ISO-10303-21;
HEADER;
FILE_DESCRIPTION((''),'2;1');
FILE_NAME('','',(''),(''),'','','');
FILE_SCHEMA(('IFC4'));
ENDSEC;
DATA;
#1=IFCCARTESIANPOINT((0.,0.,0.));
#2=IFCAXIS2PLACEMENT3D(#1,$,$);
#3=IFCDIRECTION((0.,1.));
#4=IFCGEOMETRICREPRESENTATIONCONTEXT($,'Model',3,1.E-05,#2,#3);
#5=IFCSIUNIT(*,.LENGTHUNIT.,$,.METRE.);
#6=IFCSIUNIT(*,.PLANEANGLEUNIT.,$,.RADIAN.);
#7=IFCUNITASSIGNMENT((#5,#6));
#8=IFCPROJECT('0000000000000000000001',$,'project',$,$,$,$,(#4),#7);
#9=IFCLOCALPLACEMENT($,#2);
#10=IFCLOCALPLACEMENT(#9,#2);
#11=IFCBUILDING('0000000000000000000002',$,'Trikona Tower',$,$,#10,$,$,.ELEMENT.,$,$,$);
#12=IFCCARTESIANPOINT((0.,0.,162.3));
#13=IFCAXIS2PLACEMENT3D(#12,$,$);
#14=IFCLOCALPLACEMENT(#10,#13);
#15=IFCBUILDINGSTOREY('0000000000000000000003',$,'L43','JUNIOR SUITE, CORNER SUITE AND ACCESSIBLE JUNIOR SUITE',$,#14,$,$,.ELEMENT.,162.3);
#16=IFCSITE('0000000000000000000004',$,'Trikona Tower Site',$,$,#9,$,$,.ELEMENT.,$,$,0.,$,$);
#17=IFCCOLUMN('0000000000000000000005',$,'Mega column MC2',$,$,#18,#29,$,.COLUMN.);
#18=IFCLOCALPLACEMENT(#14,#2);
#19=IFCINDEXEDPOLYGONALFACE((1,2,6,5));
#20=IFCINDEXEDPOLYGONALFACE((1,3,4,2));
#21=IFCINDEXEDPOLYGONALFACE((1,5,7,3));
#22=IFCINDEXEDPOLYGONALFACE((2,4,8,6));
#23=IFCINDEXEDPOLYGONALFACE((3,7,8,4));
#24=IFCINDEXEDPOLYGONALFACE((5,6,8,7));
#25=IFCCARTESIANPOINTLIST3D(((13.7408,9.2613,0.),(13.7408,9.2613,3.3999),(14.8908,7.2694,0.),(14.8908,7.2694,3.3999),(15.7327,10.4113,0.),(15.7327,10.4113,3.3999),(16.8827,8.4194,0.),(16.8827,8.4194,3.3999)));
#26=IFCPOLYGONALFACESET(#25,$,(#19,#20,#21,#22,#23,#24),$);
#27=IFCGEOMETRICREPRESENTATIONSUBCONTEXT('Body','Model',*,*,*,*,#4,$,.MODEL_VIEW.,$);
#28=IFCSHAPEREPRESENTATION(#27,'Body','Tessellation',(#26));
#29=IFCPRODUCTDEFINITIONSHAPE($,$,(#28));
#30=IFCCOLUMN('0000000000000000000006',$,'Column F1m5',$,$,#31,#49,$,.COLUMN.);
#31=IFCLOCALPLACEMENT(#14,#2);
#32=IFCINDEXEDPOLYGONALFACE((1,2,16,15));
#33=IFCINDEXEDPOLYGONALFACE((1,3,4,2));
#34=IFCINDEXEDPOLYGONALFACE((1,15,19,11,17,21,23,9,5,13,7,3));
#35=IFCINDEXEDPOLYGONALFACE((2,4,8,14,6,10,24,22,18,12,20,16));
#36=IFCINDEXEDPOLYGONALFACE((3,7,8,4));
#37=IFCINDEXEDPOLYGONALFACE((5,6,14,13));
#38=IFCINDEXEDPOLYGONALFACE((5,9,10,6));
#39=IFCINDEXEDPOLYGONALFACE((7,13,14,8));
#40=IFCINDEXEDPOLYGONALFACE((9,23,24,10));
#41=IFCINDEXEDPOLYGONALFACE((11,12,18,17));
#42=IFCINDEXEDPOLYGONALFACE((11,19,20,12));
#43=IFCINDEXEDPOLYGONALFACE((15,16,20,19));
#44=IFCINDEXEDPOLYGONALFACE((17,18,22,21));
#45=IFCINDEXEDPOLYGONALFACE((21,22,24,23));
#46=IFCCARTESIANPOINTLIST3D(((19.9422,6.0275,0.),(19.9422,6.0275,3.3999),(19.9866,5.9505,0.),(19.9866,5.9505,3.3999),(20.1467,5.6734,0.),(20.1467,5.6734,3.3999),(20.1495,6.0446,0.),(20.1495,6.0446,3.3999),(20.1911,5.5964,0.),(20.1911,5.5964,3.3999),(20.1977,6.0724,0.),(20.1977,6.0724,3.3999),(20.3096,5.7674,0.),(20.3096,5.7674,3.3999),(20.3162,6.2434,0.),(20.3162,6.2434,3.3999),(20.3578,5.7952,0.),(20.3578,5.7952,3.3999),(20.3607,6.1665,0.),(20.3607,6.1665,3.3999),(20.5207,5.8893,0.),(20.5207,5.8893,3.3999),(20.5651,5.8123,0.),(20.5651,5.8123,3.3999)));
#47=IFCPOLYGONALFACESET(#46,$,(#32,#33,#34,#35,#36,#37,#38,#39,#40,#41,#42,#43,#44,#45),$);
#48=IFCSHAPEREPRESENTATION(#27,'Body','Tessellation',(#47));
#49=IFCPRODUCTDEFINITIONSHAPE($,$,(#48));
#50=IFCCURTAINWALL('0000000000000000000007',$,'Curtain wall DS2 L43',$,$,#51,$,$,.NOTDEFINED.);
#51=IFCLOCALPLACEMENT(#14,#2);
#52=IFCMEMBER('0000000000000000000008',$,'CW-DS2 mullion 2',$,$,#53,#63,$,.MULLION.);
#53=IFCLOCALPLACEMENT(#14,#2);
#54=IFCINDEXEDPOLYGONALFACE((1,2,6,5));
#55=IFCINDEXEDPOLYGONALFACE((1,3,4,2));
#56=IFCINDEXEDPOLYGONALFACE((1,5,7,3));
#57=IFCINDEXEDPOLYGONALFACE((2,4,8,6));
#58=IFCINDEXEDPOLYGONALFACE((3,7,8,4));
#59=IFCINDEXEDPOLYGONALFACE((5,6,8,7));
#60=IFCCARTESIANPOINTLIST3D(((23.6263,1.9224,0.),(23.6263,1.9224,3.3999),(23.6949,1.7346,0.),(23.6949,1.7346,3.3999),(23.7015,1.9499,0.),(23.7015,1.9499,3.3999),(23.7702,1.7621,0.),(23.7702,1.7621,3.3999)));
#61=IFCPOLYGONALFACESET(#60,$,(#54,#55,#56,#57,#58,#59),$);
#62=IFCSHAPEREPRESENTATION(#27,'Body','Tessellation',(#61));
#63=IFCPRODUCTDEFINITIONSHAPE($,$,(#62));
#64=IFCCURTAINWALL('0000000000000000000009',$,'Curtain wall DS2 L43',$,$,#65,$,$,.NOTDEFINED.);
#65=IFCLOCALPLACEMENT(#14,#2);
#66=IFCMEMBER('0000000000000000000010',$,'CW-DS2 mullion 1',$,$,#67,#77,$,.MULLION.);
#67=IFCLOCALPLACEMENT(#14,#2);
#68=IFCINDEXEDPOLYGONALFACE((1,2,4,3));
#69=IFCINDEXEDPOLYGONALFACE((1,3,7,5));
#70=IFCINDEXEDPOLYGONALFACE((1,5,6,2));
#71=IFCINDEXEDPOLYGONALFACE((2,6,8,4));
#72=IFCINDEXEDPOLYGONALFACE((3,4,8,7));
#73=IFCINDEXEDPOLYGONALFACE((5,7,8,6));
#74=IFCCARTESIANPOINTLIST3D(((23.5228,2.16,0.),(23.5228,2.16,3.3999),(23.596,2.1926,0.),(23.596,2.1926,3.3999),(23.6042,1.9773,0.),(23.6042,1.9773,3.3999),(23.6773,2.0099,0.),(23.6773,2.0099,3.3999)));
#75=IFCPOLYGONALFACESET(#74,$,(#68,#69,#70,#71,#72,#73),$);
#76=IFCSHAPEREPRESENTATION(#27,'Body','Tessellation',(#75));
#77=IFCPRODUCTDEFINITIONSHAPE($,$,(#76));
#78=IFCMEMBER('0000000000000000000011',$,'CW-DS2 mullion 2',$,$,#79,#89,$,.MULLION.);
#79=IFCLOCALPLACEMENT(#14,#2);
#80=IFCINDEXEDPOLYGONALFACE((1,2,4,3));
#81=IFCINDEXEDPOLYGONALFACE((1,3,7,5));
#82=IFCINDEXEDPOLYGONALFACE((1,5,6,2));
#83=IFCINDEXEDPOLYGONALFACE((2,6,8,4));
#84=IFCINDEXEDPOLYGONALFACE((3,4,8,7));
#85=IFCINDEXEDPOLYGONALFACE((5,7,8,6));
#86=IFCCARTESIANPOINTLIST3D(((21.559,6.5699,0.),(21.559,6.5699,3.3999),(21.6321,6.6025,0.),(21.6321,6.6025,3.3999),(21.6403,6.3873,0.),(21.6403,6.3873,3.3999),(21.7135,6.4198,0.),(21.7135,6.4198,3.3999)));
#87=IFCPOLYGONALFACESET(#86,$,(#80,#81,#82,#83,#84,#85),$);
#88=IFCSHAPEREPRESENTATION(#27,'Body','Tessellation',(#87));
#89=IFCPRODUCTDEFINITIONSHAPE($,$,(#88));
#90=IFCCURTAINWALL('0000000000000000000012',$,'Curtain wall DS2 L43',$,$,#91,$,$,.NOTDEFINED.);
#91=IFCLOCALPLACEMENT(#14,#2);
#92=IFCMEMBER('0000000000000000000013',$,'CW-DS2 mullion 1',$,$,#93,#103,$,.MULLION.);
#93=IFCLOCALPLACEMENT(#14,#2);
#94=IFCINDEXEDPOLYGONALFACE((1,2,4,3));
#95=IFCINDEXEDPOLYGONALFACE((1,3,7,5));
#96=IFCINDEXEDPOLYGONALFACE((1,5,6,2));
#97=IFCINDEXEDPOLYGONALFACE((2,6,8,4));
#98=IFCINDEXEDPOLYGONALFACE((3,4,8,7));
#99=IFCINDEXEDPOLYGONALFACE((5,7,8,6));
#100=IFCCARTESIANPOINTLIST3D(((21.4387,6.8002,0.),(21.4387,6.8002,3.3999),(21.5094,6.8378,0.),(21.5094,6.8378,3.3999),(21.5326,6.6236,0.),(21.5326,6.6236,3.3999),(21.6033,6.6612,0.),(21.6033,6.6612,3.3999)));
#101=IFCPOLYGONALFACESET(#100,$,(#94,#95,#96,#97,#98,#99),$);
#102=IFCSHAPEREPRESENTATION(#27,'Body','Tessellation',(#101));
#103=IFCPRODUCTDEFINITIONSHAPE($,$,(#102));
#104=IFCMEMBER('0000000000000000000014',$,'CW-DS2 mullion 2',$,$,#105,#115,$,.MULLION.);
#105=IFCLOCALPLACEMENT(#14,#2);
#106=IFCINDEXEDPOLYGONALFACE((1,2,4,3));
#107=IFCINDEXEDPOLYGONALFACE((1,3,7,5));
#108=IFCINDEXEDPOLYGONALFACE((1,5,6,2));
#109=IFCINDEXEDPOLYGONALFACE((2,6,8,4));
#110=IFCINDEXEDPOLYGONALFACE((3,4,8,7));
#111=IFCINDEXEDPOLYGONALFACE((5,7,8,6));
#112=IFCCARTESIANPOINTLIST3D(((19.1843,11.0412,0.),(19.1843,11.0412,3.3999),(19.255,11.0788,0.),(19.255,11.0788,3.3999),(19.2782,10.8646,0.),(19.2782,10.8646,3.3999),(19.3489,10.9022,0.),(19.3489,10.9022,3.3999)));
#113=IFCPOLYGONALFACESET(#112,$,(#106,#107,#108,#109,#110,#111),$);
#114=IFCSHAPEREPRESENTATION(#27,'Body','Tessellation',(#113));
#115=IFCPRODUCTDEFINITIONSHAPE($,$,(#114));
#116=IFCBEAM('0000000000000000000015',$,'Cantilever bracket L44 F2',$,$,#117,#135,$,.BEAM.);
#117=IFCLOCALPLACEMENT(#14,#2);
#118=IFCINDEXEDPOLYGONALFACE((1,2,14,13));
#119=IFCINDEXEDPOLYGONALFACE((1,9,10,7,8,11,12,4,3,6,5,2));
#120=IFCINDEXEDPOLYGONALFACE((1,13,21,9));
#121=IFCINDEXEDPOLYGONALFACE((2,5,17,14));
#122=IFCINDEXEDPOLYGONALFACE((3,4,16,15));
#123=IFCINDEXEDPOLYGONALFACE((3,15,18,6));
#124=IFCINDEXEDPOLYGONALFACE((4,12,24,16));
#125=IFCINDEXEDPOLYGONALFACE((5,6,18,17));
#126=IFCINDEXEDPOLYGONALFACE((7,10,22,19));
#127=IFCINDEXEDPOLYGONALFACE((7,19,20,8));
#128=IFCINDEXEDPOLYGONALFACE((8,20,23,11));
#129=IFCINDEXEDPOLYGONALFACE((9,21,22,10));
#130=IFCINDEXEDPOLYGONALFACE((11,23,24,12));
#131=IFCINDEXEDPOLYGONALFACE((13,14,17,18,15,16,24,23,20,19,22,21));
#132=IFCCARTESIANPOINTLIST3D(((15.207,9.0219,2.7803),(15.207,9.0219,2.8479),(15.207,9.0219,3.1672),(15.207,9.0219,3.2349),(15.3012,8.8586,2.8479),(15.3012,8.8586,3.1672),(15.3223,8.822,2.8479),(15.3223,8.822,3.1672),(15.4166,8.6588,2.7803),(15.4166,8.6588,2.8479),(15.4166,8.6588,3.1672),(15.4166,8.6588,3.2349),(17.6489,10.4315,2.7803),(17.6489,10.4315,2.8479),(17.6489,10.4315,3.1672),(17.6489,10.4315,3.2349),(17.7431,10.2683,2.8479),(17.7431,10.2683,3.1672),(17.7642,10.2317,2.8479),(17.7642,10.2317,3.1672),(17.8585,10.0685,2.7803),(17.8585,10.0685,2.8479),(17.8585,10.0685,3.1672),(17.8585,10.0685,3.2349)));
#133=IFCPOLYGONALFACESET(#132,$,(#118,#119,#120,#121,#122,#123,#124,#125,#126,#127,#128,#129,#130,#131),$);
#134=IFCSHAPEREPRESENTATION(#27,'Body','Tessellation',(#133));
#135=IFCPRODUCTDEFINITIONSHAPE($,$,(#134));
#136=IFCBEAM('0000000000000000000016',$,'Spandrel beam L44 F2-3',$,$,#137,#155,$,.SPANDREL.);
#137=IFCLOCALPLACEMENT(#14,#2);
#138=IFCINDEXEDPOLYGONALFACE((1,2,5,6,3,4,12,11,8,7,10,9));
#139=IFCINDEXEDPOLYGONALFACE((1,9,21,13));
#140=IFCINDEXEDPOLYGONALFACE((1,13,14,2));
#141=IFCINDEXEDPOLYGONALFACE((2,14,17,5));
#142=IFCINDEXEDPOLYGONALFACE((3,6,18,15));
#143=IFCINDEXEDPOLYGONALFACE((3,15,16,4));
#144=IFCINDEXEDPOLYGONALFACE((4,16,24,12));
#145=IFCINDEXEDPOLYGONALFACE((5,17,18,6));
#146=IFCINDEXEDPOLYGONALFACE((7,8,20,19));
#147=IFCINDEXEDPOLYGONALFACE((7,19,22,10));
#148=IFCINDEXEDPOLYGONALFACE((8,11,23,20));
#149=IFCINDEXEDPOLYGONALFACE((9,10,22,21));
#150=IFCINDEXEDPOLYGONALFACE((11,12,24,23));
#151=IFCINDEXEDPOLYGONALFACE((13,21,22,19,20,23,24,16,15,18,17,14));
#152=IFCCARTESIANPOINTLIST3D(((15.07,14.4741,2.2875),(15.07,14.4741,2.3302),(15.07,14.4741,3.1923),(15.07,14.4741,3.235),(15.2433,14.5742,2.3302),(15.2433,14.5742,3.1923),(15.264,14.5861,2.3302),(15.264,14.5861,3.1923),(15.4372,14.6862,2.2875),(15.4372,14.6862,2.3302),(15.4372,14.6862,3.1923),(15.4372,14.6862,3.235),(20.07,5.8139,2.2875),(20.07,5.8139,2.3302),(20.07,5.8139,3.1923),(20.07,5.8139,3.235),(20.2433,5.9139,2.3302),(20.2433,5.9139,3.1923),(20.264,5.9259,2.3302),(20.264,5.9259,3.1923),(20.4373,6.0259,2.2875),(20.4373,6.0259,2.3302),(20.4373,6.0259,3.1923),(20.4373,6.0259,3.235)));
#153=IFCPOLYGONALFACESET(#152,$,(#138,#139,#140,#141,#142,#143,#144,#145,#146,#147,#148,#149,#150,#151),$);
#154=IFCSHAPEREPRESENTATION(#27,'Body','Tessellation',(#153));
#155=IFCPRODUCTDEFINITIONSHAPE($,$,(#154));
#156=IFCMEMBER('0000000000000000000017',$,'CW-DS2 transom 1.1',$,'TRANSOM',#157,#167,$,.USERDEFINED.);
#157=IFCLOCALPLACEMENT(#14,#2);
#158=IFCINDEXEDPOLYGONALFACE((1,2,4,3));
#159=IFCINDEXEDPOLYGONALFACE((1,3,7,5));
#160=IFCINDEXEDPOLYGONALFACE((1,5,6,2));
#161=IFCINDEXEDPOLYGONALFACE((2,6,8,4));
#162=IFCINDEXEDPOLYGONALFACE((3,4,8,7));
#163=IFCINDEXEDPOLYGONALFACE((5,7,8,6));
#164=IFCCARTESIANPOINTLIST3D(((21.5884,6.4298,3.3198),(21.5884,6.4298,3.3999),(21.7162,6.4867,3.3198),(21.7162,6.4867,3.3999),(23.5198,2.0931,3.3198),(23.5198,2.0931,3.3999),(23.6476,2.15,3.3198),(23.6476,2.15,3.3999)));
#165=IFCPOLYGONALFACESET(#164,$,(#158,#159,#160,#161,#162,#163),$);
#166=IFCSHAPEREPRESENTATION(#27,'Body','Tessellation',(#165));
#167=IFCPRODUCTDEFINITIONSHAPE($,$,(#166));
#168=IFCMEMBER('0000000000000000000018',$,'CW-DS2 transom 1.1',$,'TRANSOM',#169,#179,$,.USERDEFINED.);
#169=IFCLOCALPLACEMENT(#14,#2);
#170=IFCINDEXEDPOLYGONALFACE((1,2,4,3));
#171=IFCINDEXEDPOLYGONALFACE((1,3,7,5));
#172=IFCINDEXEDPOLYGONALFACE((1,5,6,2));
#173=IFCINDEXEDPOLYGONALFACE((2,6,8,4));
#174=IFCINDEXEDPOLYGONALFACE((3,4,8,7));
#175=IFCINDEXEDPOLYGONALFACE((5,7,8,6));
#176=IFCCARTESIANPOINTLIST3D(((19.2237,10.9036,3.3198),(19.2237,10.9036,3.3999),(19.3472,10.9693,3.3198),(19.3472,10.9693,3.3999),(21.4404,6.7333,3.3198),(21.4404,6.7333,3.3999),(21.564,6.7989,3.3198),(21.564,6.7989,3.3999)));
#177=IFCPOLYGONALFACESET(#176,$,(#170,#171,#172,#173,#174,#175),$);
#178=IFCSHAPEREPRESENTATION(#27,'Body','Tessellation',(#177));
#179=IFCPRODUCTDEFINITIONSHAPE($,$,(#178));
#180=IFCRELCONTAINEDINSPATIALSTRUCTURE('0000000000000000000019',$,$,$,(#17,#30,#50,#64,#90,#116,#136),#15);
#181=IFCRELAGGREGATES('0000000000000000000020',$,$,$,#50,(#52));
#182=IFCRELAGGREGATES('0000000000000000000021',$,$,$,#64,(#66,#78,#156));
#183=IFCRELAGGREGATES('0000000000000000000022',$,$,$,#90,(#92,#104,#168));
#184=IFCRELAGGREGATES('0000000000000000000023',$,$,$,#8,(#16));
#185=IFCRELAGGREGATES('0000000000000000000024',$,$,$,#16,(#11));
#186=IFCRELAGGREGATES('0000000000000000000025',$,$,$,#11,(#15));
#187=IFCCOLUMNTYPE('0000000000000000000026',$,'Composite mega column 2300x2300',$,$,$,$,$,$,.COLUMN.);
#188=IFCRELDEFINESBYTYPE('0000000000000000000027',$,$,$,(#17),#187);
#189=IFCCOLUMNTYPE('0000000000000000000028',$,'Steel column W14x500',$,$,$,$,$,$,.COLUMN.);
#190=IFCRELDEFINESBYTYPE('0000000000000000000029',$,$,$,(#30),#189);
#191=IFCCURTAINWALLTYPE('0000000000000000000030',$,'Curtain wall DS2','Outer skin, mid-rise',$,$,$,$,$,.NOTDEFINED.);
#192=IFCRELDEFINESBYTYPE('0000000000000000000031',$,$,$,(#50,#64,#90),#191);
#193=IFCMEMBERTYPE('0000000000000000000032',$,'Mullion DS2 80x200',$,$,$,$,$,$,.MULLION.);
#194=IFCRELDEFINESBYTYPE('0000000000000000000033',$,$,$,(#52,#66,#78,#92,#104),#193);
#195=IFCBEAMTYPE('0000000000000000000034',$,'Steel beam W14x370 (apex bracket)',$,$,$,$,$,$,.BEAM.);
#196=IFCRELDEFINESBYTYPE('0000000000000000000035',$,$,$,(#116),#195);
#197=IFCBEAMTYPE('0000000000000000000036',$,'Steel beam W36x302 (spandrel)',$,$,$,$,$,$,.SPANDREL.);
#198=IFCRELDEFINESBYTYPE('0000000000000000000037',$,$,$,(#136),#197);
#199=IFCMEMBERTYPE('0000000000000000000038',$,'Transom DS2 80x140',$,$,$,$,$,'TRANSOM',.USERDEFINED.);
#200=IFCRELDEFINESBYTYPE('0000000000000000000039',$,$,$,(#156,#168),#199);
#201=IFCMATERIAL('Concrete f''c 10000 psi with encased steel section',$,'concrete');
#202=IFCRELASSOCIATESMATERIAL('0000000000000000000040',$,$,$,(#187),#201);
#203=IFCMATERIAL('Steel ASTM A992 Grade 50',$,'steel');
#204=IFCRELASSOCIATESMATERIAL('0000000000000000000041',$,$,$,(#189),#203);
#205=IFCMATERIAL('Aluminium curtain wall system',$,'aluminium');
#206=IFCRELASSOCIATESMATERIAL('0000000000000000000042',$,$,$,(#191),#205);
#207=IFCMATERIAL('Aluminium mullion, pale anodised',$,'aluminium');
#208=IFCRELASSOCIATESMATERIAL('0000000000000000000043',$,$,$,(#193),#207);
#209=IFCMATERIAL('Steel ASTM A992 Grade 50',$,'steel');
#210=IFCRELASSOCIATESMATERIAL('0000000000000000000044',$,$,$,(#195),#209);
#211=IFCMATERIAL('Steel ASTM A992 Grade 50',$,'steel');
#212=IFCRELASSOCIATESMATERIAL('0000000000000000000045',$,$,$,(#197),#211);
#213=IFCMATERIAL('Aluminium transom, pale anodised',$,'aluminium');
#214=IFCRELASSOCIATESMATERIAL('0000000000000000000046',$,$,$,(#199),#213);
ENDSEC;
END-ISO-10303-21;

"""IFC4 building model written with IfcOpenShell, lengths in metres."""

from ifc_helpers import new_model, si_unit, direction, frame, origin, origin_2d, place, context, subcontext, project, spatial, rectangle, i_section, extrude, material, material_profile, profile_set, type_object, element, aggregate, save


model = new_model("IFC4")

# Units and contexts
model_context = context("Model", 3, precision=1e-05, world=origin(), true_north=direction((0.0, 1.0)))
body_context = subcontext(model_context, "Body", "Model", "MODEL_VIEW")
ifc_project = project(units=[si_unit("LENGTHUNIT", "METRE"), si_unit("PLANEANGLEUNIT", "RADIAN")], contexts=[model_context])

# Site, building, storey
site_placement = place(None, origin())
site = spatial("IfcSite", under=ifc_project, at=site_placement, Name="Trikona Tower Site", CompositionType="ELEMENT", RefElevation=0.0)
building_placement = place(site_placement, origin())
building = spatial("IfcBuilding", under=site, at=building_placement, Name="Trikona Tower", CompositionType="ELEMENT")
storey_placement = place(building_placement, frame((0.0, 0.0, 162.3)))
storey = spatial("IfcBuildingStorey", under=building, at=storey_placement, Name="L43", Description="JUNIOR SUITE, CORNER SUITE AND ACCESSIBLE JUNIOR SUITE", CompositionType="ELEMENT", Elevation=162.3)

# Columns
ifc_material_1 = material(Name="Concrete f'c 10000 psi with encased steel section", Category="concrete")
ifc_material_profile_1 = material_profile(ifc_material_1, rectangle(XDim=2.3, YDim=2.3, at=origin_2d()), Name="MC2300")
ifc_profile_set_1 = profile_set([ifc_material_profile_1], Name="Concrete f'c 10000 psi with encased steel section")
column_type_1 = type_object("IfcColumnType", Name="Composite mega column 2300x2300", PredefinedType="COLUMN", material=ifc_profile_set_1)
column_1_placement = place(storey_placement, frame((15.3118, 8.8403, 0.0), z_axis=(0.0, 0.0, 1.0), x_axis=(0.866025, 0.5, 0.0)))
element("IfcColumn", 1, at=column_1_placement, inside=storey, type_object=column_type_1, Name="Mega column MC2", PredefinedType="COLUMN", context=body_context, shape_type="SweptSolid", body=[
    extrude(rectangle(XDim=2.3, YDim=2.3, at=origin_2d()), origin(), (0.0, 0.0, 1.0), 3.3999),
])
ifc_material_2 = material(Name="Steel ASTM A992 Grade 50", Category="steel")
ifc_material_profile_2 = material_profile(ifc_material_2, i_section(OverallWidth=0.4319, OverallDepth=0.4978, WebThickness=0.0557, FlangeThickness=0.0889, at=origin_2d()), Name="W14X500")
ifc_profile_set_2 = profile_set([ifc_material_profile_2], Name="Steel ASTM A992 Grade 50")
column_type_2 = type_object("IfcColumnType", Name="Steel column W14x500", PredefinedType="COLUMN", material=ifc_profile_set_2)
column_2_placement = place(storey_placement, frame((20.2537, 5.9199, 0.0), z_axis=(0.0, 0.0, 1.0), x_axis=(0.866025, 0.5, 0.0)))
element("IfcColumn", 2, at=column_2_placement, inside=storey, type_object=column_type_2, Name="Column F1m5", PredefinedType="COLUMN", context=body_context, shape_type="SweptSolid", body=[
    extrude(i_section(OverallWidth=0.4319, OverallDepth=0.4978, WebThickness=0.0557, FlangeThickness=0.0889, at=origin_2d()), origin(), (0.0, 0.0, 1.0), 3.3999),
])

# Curtain wall, member
ifc_material_3 = material(Name="Aluminium curtain wall system", Category="aluminium")
curtain_wall_type = type_object("IfcCurtainWallType", Name="Curtain wall DS2", Description="Outer skin, mid-rise", PredefinedType="NOTDEFINED", material=ifc_material_3)
curtain_wall_1_placement = place(storey_placement, origin())
curtain_wall_1 = element("IfcCurtainWall", 3, at=curtain_wall_1_placement, inside=storey, type_object=curtain_wall_type, Name="Curtain wall DS2 L43", PredefinedType="NOTDEFINED")
ifc_material_4 = material(Name="Aluminium mullion, pale anodised", Category="aluminium")
ifc_material_profile_3 = material_profile(ifc_material_4, rectangle(XDim=0.0801, YDim=0.2, at=origin_2d()), Name="MUL-DS2")
ifc_profile_set_3 = profile_set([ifc_material_profile_3], Name="Aluminium mullion, pale anodised")
member_type_1 = type_object("IfcMemberType", Name="Mullion DS2 80x200", PredefinedType="MULLION", material=ifc_profile_set_3)
member_1_placement = place(storey_placement, frame((23.6982, 1.8423, 0.0), z_axis=(0.0, 0.0, 1.0), x_axis=(-0.939254, -0.343223, 0.0)))
member_1 = element("IfcMember", 4, at=member_1_placement, type_object=member_type_1, Name="CW-DS2 mullion 2", PredefinedType="MULLION", context=body_context, shape_type="SweptSolid", body=[
    extrude(rectangle(XDim=0.0801, YDim=0.2, at=origin_2d()), origin(), (0.0, 0.0, 1.0), 3.3999),
])
aggregate(curtain_wall_1, [member_1])

# Curtain walls, members
curtain_wall_2_placement = place(storey_placement, origin())
curtain_wall_2 = element("IfcCurtainWall", 5, at=curtain_wall_2_placement, inside=storey, type_object=curtain_wall_type, Name="Curtain wall DS2 L43", PredefinedType="NOTDEFINED")
member_2_placement = place(storey_placement, frame((23.6001, 2.085, 0.0), z_axis=(0.0, 0.0, 1.0), x_axis=(-0.913501, -0.406836, 0.0)))
member_2 = element("IfcMember", 6, at=member_2_placement, type_object=member_type_1, Name="CW-DS2 mullion 1", PredefinedType="MULLION", context=body_context, shape_type="SweptSolid", body=[
    extrude(rectangle(XDim=0.0801, YDim=0.2, at=origin_2d()), origin(), (0.0, 0.0, 1.0), 3.3999),
])
member_3_placement = place(storey_placement, frame((21.6362, 6.4949, 0.0), z_axis=(0.0, 0.0, 1.0), x_axis=(-0.913501, -0.406836, 0.0)))
member_3 = element("IfcMember", 7, at=member_3_placement, type_object=member_type_1, Name="CW-DS2 mullion 2", PredefinedType="MULLION", context=body_context, shape_type="SweptSolid", body=[
    extrude(rectangle(XDim=0.0801, YDim=0.2, at=origin_2d()), origin(), (0.0, 0.0, 1.0), 3.3999),
])
curtain_wall_3_placement = place(storey_placement, origin())
curtain_wall_3 = element("IfcCurtainWall", 8, at=curtain_wall_3_placement, inside=storey, type_object=curtain_wall_type, Name="Curtain wall DS2 L43", PredefinedType="NOTDEFINED")
member_4_placement = place(storey_placement, frame((21.521, 6.7307, 0.0), z_axis=(0.0, 0.0, 1.0), x_axis=(-0.882996, -0.46938, 0.0)))
member_4 = element("IfcMember", 9, at=member_4_placement, type_object=member_type_1, Name="CW-DS2 mullion 1", PredefinedType="MULLION", context=body_context, shape_type="SweptSolid", body=[
    extrude(rectangle(XDim=0.0801, YDim=0.2, at=origin_2d()), origin(), (0.0, 0.0, 1.0), 3.3999),
])
member_5_placement = place(storey_placement, frame((19.2666, 10.9717, 0.0), z_axis=(0.0, 0.0, 1.0), x_axis=(-0.882996, -0.46938, 0.0)))
member_5 = element("IfcMember", 10, at=member_5_placement, type_object=member_type_1, Name="CW-DS2 mullion 2", PredefinedType="MULLION", context=body_context, shape_type="SweptSolid", body=[
    extrude(rectangle(XDim=0.0801, YDim=0.2, at=origin_2d()), origin(), (0.0, 0.0, 1.0), 3.3999),
])

# Beams
ifc_material_5 = material(Name="Steel ASTM A992 Grade 50", Category="steel")
ifc_material_profile_4 = material_profile(ifc_material_5, i_section(OverallWidth=0.4192, OverallDepth=0.4546, WebThickness=0.0422, FlangeThickness=0.0676, at=origin_2d()), Name="W14X370")
ifc_profile_set_4 = profile_set([ifc_material_profile_4], Name="Steel ASTM A992 Grade 50")
beam_type_1 = type_object("IfcBeamType", Name="Steel beam W14x370 (apex bracket)", PredefinedType="BEAM", material=ifc_profile_set_4)
beam_1_placement = place(storey_placement, frame((15.3118, 8.8403, 3.0076), z_axis=(0.86605, 0.499957, 0.0), x_axis=(-0.499957, 0.86605, 0.0)))
element("IfcBeam", 11, at=beam_1_placement, inside=storey, type_object=beam_type_1, Name="Cantilever bracket L44 F2", PredefinedType="BEAM", context=body_context, shape_type="SweptSolid", body=[
    extrude(i_section(OverallWidth=0.4192, OverallDepth=0.4546, WebThickness=0.0422, FlangeThickness=0.0676, at=origin_2d()), origin(), (0.0, 0.0, 1.0), 2.8196),
])
ifc_material_6 = material(Name="Steel ASTM A992 Grade 50", Category="steel")
ifc_material_profile_5 = material_profile(ifc_material_6, i_section(OverallWidth=0.4241, OverallDepth=0.9475, WebThickness=0.0239, FlangeThickness=0.0427, at=origin_2d()), Name="W36X302")
ifc_profile_set_5 = profile_set([ifc_material_profile_5], Name="Steel ASTM A992 Grade 50")
beam_type_2 = type_object("IfcBeamType", Name="Steel beam W36x302 (spandrel)", PredefinedType="SPANDREL", material=ifc_profile_set_5)
beam_2_placement = place(storey_placement, frame((20.2537, 5.9199, 2.7612), z_axis=(-0.500004, 0.866023, 0.0), x_axis=(-0.866023, -0.500004, 0.0)))
element("IfcBeam", 12, at=beam_2_placement, inside=storey, type_object=beam_type_2, Name="Spandrel beam L44 F2-3", PredefinedType="SPANDREL", context=body_context, shape_type="SweptSolid", body=[
    extrude(i_section(OverallWidth=0.4241, OverallDepth=0.9475, WebThickness=0.0239, FlangeThickness=0.0427, at=origin_2d()), origin(), (0.0, 0.0, 1.0), 10.0),
])

# Members
ifc_material_7 = material(Name="Aluminium transom, pale anodised", Category="aluminium")
ifc_material_profile_6 = material_profile(ifc_material_7, rectangle(XDim=0.1399, YDim=0.0801, at=origin_2d()), Name="TRN-DS2")
ifc_profile_set_6 = profile_set([ifc_material_profile_6], Name="Aluminium transom, pale anodised")
member_type_2 = type_object("IfcMemberType", Name="Transom DS2 80x140", ElementType="TRANSOM", PredefinedType="USERDEFINED", material=ifc_profile_set_6)
member_6_placement = place(storey_placement, frame((23.5837, 2.1216, 3.3599), z_axis=(-0.40684, 0.9135, 0.0), x_axis=(-0.9135, -0.40684, 0.0)))
member_6 = element("IfcMember", 13, at=member_6_placement, type_object=member_type_2, Name="CW-DS2 transom 1.1", ObjectType="TRANSOM", PredefinedType="USERDEFINED", context=body_context, shape_type="SweptSolid", body=[
    extrude(rectangle(XDim=0.1399, YDim=0.0801, at=origin_2d()), origin(), (0.0, 0.0, 1.0), 4.7473),
])
member_7_placement = place(storey_placement, frame((21.5022, 6.7661, 3.3599), z_axis=(-0.469364, 0.883005, 0.0), x_axis=(-0.883005, -0.469364, 0.0)))
member_7 = element("IfcMember", 14, at=member_7_placement, type_object=member_type_2, Name="CW-DS2 transom 1.1", ObjectType="TRANSOM", PredefinedType="USERDEFINED", context=body_context, shape_type="SweptSolid", body=[
    extrude(rectangle(XDim=0.1399, YDim=0.0801, at=origin_2d()), origin(), (0.0, 0.0, 1.0), 4.7229),
])

aggregate(curtain_wall_2, [member_2, member_3, member_6])
aggregate(curtain_wall_3, [member_4, member_5, member_7])

save(model, "model.ifc")
